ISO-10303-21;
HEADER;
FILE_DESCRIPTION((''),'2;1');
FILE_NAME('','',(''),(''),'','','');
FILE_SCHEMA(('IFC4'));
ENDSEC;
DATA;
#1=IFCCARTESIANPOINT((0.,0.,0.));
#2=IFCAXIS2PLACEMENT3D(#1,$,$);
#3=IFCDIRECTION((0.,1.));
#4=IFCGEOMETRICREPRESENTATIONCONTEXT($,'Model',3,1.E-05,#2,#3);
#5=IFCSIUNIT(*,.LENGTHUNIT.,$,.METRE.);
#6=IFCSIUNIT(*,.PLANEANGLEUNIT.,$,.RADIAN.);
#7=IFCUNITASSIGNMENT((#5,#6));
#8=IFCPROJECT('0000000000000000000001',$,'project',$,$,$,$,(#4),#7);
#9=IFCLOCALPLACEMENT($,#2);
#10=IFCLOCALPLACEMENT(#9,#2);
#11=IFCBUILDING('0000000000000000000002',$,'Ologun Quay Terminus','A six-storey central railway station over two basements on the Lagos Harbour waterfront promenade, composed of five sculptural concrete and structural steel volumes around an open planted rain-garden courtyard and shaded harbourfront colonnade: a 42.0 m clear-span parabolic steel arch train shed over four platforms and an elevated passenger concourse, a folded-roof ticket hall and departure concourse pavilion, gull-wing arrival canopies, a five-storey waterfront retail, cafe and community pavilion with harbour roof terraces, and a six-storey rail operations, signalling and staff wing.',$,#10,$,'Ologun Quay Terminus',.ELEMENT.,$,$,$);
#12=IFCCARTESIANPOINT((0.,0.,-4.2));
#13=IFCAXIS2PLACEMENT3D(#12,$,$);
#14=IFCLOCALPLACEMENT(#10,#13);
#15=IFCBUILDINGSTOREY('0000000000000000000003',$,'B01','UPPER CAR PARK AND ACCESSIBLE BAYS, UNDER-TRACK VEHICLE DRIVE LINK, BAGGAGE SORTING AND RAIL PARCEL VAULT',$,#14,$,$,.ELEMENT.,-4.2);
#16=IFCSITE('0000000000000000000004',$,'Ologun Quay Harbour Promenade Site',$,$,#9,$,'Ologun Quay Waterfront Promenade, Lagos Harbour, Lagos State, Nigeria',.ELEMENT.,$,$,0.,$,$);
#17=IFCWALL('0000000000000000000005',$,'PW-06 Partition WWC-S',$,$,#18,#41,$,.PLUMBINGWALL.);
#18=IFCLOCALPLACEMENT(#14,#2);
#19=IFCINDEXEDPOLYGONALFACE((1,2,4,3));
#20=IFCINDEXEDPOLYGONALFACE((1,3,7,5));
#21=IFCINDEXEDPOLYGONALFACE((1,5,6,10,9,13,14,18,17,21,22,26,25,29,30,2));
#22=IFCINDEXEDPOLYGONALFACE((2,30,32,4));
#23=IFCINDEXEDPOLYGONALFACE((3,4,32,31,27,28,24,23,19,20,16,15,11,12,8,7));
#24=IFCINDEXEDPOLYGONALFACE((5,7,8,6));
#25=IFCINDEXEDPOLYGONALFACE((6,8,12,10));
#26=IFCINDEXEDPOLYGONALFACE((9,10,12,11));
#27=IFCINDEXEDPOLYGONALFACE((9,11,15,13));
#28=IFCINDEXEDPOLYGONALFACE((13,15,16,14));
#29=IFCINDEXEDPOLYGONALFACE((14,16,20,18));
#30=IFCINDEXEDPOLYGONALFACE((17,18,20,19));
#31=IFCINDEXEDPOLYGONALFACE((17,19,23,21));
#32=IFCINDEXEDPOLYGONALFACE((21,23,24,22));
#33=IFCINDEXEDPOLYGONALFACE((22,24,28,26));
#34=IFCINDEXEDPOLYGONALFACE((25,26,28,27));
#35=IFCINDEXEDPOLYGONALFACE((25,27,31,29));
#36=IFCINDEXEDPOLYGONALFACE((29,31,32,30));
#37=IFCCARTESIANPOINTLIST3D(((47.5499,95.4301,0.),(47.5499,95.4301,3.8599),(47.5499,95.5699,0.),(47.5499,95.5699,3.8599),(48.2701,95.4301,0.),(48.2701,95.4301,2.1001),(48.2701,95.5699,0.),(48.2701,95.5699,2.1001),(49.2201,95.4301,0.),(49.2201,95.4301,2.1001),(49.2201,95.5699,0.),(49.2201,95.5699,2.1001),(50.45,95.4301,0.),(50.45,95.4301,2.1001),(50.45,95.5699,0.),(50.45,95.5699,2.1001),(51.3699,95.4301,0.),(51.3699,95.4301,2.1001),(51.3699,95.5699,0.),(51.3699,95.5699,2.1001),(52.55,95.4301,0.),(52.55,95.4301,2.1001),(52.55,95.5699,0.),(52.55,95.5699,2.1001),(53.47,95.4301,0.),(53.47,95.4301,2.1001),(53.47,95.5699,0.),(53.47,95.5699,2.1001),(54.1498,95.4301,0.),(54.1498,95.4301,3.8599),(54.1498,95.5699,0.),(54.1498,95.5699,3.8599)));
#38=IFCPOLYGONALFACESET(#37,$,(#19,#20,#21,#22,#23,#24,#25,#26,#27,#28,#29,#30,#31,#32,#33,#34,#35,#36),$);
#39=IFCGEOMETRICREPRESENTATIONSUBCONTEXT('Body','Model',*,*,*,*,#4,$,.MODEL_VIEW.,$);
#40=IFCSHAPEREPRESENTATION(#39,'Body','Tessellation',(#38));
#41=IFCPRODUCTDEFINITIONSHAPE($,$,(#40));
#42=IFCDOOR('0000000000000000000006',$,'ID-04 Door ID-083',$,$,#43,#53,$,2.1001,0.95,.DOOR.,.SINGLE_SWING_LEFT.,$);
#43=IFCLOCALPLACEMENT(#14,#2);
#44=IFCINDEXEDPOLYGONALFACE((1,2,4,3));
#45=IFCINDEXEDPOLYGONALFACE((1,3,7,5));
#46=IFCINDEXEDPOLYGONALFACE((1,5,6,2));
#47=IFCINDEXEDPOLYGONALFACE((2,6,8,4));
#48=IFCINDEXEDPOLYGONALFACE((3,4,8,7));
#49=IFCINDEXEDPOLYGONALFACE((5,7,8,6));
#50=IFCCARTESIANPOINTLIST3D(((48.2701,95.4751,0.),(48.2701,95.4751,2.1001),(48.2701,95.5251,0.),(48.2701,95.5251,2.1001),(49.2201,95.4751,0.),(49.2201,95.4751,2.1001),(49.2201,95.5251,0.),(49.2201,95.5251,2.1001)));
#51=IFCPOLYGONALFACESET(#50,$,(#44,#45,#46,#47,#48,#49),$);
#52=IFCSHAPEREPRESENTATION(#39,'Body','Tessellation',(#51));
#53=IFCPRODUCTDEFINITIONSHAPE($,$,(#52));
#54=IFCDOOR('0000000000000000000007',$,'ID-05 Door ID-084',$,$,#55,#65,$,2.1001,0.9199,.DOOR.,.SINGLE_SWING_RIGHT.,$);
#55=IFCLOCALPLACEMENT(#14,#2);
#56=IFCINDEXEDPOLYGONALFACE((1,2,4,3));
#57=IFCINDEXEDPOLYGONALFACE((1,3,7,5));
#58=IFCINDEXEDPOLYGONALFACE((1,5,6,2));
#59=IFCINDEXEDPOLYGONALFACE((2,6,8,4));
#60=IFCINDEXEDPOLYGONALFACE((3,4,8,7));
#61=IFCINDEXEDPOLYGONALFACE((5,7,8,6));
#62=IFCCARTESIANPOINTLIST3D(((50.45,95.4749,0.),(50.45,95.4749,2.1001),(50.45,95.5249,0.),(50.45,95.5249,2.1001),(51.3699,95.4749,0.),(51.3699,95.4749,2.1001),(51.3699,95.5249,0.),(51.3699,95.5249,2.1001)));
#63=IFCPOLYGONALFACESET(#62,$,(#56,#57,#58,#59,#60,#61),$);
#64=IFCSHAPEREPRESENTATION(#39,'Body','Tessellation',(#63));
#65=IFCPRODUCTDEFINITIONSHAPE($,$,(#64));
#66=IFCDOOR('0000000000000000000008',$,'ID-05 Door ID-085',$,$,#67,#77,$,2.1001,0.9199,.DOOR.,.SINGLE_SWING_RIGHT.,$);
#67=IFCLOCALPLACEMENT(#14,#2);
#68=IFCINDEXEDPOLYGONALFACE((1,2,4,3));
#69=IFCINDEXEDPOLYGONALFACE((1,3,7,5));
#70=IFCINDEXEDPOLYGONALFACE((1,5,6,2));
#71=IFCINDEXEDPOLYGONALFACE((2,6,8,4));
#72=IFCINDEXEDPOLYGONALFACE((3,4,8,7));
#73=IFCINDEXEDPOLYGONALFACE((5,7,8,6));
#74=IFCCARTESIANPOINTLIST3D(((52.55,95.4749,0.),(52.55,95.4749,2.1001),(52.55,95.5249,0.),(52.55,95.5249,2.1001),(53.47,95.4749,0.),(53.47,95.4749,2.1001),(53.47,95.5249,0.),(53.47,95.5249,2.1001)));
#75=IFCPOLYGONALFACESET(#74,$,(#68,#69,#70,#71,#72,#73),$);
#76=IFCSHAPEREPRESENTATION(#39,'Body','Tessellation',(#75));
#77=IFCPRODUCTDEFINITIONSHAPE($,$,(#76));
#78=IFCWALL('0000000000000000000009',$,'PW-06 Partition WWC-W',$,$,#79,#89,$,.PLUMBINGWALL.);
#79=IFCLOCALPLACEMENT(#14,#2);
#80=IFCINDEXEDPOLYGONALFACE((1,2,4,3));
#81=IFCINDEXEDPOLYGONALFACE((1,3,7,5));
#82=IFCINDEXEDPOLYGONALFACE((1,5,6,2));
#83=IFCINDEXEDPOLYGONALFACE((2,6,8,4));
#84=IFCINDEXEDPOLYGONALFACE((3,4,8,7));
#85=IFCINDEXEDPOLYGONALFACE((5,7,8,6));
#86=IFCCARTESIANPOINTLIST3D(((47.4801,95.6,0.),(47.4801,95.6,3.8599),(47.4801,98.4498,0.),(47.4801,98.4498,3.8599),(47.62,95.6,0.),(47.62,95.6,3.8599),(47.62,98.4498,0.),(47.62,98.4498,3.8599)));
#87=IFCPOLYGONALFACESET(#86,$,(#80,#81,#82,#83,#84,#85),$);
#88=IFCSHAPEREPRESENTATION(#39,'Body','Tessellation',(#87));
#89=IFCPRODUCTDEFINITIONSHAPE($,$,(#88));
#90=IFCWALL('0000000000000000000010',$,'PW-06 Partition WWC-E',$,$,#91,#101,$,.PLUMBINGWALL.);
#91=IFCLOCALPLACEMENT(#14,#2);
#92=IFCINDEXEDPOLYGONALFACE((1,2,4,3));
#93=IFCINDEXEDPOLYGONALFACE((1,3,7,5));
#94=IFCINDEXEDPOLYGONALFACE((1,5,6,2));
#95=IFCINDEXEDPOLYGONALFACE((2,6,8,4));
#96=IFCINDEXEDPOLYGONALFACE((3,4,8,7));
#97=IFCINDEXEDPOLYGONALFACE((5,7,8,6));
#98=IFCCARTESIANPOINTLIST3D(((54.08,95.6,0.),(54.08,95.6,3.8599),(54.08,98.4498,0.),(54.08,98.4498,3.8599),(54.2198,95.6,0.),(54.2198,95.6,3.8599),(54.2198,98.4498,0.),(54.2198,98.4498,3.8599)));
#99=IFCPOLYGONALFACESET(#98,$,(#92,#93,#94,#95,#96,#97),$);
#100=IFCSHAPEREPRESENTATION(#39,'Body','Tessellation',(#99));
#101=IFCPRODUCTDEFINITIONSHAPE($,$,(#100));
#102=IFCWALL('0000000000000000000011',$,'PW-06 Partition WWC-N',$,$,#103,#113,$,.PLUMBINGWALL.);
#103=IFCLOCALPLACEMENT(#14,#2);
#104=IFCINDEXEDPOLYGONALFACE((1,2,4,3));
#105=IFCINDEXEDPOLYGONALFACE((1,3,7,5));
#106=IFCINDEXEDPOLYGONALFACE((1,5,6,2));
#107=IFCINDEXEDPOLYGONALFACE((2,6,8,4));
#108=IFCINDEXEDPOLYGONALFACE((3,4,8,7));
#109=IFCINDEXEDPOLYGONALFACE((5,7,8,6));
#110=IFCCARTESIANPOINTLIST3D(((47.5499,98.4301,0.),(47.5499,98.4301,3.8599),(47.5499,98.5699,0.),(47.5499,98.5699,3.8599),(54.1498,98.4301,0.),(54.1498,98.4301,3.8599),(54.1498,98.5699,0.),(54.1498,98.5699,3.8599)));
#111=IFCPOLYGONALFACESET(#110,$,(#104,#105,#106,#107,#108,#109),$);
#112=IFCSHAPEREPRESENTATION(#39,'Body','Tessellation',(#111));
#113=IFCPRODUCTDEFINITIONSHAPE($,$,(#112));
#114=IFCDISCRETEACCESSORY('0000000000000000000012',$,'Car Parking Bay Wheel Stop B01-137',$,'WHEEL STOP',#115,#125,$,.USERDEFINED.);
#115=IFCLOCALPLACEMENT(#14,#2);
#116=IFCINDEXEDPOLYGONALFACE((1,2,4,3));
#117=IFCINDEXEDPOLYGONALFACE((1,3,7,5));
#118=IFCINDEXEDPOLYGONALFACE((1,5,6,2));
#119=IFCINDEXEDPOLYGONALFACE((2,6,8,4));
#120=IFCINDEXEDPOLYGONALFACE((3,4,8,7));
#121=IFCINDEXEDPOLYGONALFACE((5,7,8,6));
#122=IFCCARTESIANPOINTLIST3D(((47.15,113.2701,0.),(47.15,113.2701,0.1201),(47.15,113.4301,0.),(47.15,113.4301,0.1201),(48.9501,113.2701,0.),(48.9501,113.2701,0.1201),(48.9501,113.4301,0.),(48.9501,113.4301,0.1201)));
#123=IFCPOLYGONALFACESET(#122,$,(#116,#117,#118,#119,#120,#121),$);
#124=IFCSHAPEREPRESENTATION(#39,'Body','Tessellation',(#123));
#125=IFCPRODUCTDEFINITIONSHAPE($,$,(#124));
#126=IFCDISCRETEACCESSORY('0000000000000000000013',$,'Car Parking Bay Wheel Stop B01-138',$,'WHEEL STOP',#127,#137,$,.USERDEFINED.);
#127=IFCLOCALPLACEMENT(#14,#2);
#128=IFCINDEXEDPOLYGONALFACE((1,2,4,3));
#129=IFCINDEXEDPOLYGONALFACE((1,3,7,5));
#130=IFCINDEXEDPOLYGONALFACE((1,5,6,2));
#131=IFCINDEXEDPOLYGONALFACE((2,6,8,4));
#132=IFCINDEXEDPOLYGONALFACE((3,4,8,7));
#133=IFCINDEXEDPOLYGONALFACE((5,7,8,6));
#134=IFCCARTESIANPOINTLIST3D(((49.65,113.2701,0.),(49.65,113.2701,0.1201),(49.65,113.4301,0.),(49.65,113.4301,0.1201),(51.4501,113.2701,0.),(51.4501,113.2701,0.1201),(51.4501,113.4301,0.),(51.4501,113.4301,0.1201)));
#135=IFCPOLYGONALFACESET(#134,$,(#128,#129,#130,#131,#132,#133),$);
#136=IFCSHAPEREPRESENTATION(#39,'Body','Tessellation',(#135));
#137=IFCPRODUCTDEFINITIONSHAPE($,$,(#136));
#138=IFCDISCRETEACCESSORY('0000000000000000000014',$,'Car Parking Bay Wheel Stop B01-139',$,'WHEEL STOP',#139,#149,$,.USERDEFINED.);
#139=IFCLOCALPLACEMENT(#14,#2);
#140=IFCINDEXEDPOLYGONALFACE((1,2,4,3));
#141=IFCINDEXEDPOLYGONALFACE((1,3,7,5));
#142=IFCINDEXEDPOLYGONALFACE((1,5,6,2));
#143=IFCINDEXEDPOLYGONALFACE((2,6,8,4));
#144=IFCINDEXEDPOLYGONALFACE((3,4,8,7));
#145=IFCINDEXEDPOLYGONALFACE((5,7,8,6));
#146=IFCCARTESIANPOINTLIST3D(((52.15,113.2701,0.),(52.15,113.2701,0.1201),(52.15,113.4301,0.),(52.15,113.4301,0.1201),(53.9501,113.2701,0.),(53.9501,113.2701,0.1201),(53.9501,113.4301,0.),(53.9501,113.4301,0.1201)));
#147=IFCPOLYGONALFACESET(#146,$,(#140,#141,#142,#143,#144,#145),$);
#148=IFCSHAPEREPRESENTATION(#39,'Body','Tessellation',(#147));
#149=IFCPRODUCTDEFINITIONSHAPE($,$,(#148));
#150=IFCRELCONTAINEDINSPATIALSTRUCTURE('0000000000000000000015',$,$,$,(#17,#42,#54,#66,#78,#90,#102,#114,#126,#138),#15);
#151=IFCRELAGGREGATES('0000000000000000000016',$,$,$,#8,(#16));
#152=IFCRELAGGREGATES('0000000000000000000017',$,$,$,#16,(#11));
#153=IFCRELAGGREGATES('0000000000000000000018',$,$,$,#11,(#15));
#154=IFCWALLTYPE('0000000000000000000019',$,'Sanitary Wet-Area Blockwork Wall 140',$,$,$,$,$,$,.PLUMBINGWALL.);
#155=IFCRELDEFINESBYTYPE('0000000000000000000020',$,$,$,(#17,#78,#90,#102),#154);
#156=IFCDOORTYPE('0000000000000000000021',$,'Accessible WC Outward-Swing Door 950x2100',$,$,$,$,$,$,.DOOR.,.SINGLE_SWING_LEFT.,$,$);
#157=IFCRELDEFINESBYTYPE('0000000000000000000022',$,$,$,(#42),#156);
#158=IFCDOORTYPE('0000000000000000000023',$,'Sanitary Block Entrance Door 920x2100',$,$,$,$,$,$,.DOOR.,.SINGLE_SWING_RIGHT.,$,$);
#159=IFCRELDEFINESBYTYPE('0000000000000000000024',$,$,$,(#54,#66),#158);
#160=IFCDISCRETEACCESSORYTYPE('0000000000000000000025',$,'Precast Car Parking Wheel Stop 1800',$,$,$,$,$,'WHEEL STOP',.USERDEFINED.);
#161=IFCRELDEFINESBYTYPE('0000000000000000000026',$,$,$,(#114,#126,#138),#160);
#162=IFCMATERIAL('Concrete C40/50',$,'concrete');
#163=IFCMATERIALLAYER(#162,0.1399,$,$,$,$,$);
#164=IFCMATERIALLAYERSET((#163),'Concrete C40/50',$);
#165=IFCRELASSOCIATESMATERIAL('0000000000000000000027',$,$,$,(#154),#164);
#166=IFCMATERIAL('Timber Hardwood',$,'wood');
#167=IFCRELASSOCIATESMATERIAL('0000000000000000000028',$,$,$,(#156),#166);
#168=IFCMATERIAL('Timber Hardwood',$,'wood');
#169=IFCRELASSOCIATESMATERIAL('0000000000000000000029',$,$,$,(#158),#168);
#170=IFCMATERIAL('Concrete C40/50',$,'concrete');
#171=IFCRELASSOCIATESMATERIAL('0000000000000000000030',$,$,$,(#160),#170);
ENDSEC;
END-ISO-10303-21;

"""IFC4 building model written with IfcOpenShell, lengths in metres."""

from ifc_helpers import new_model, si_unit, direction, frame, frame_2d, origin, origin_2d, place, context, subcontext, project, spatial, rectangle, extrude, material, layer, layer_set, type_object, element, fill, save


model = new_model("IFC4")

# Units and contexts
model_context = context("Model", 3, precision=1e-05, world=origin(), true_north=direction((0.0, 1.0)))
body_context = subcontext(model_context, "Body", "Model", "MODEL_VIEW")
ifc_project = project(units=[si_unit("LENGTHUNIT", "METRE"), si_unit("PLANEANGLEUNIT", "RADIAN")], contexts=[model_context])

# Site, building, storey
site_placement = place(None, origin())
site = spatial("IfcSite", under=ifc_project, at=site_placement, Name="Ologun Quay Harbour Promenade Site", LongName="Ologun Quay Waterfront Promenade, Lagos Harbour, Lagos State, Nigeria", CompositionType="ELEMENT", RefElevation=0.0)
building_placement = place(site_placement, origin())
building = spatial("IfcBuilding", under=site, at=building_placement, Name="Ologun Quay Terminus", Description="A six-storey central railway station over two basements on the Lagos Harbour waterfront promenade, composed of five sculptural concrete and structural steel volumes around an open planted rain-garden courtyard and shaded harbourfront colonnade: a 42.0 m clear-span parabolic steel arch train shed over four platforms and an elevated passenger concourse, a folded-roof ticket hall and departure concourse pavilion, gull-wing arrival canopies, a five-storey waterfront retail, cafe and community pavilion with harbour roof terraces, and a six-storey rail operations, signalling and staff wing.", LongName="Ologun Quay Terminus", CompositionType="ELEMENT")
storey_placement = place(building_placement, frame((0.0, 0.0, -4.2)))
storey = spatial("IfcBuildingStorey", under=building, at=storey_placement, Name="B01", Description="UPPER CAR PARK AND ACCESSIBLE BAYS, UNDER-TRACK VEHICLE DRIVE LINK, BAGGAGE SORTING AND RAIL PARCEL VAULT", CompositionType="ELEMENT", Elevation=-4.2)

# Wall, openings, doors
ifc_material_1 = material(Name="Concrete C40/50", Category="concrete")
ifc_layer_1 = layer(ifc_material_1, 0.1399)
ifc_layer_set_1 = layer_set([ifc_layer_1], Name="Concrete C40/50")
wall_type_1 = type_object("IfcWallType", Name="Sanitary Wet-Area Blockwork Wall 140", PredefinedType="PLUMBINGWALL", material=ifc_layer_set_1)
wall_1_placement = place(storey_placement, frame((47.55, 95.5, 0.0), z_axis=(0.0, 0.0, 1.0), x_axis=(1.0, 0.0, 0.0)))
wall_1 = element("IfcWall", 1, at=wall_1_placement, inside=storey, type_object=wall_type_1, Name="PW-06 Partition WWC-S", PredefinedType="PLUMBINGWALL", context=body_context, shape_type="SweptSolid", body=[
    extrude(rectangle(XDim=6.5999, YDim=0.1399, at=frame_2d((3.2998, 0.0))), origin(), (0.0, 0.0, 1.0), 3.8599),
])
opening_1_placement = place(wall_1_placement, frame((0.72, 0.0, 0.0)))
opening_1 = element("IfcOpeningElement", 2, at=opening_1_placement, cuts=wall_1, PredefinedType="OPENING", context=body_context, shape_type="SweptSolid", body=[
    extrude(rectangle(XDim=0.95, YDim=2.1001, at=frame_2d((0.4751, 1.05))), frame((0.0, 0.0801, 0.0), z_axis=(0.0, -1.0, 0.0), x_axis=(1.0, 0.0, 0.0)), (0.0, 0.0, 1.0), 0.1599),
])
opening_2_placement = place(wall_1_placement, frame((2.8999, 0.0, 0.0)))
opening_2 = element("IfcOpeningElement", 3, at=opening_2_placement, cuts=wall_1, PredefinedType="OPENING", context=body_context, shape_type="SweptSolid", body=[
    extrude(rectangle(XDim=0.9199, YDim=2.1001, at=frame_2d((0.46, 1.05))), frame((0.0, 0.0801, 0.0), z_axis=(0.0, -1.0, 0.0), x_axis=(1.0, 0.0, 0.0)), (0.0, 0.0, 1.0), 0.1599),
])
opening_3_placement = place(wall_1_placement, frame((5.0, 0.0, 0.0)))
opening_3 = element("IfcOpeningElement", 4, at=opening_3_placement, cuts=wall_1, PredefinedType="OPENING", context=body_context, shape_type="SweptSolid", body=[
    extrude(rectangle(XDim=0.9199, YDim=2.1001, at=frame_2d((0.46, 1.05))), frame((0.0, 0.0801, 0.0), z_axis=(0.0, -1.0, 0.0), x_axis=(1.0, 0.0, 0.0)), (0.0, 0.0, 1.0), 0.1599),
])
ifc_material_2 = material(Name="Timber Hardwood", Category="wood")
door_type_1 = type_object("IfcDoorType", Name="Accessible WC Outward-Swing Door 950x2100", OperationType="SINGLE_SWING_LEFT", PredefinedType="DOOR", material=ifc_material_2)
door_1_placement = place(opening_1_placement, frame((0.4751, 0.0, 0.0), z_axis=(0.0, 0.0, 1.0), x_axis=(-1.0, 0.0, 0.0)))
door_1 = element("IfcDoor", 5, at=door_1_placement, inside=storey, type_object=door_type_1, Name="ID-04 Door ID-083", OperationType="SINGLE_SWING_LEFT", OverallHeight=2.1001, OverallWidth=0.95, PredefinedType="DOOR", context=body_context, shape_type="SweptSolid", body=[
    extrude(rectangle(XDim=0.95, YDim=2.1001, at=frame_2d((0.0, 1.05))), frame((0.0, 0.0249, 0.0), z_axis=(0.0, -1.0, 0.0), x_axis=(1.0, 0.0, 0.0)), (0.0, 0.0, 1.0), 0.05),
])
fill(opening_1, door_1)
ifc_material_3 = material(Name="Timber Hardwood", Category="wood")
door_type_2 = type_object("IfcDoorType", Name="Sanitary Block Entrance Door 920x2100", OperationType="SINGLE_SWING_RIGHT", PredefinedType="DOOR", material=ifc_material_3)
door_2_placement = place(opening_2_placement, origin())
door_2 = element("IfcDoor", 6, at=door_2_placement, inside=storey, type_object=door_type_2, Name="ID-05 Door ID-084", OperationType="SINGLE_SWING_RIGHT", OverallHeight=2.1001, OverallWidth=0.9199, PredefinedType="DOOR", context=body_context, shape_type="SweptSolid", body=[
    extrude(rectangle(XDim=0.9199, YDim=2.1001, at=frame_2d((0.46, 1.05))), frame((0.0, 0.0249, 0.0), z_axis=(0.0, -1.0, 0.0), x_axis=(1.0, 0.0, 0.0)), (0.0, 0.0, 1.0), 0.05),
])
fill(opening_2, door_2)
door_3_placement = place(opening_3_placement, origin())
door_3 = element("IfcDoor", 7, at=door_3_placement, inside=storey, type_object=door_type_2, Name="ID-05 Door ID-085", OperationType="SINGLE_SWING_RIGHT", OverallHeight=2.1001, OverallWidth=0.9199, PredefinedType="DOOR", context=body_context, shape_type="SweptSolid", body=[
    extrude(rectangle(XDim=0.9199, YDim=2.1001, at=frame_2d((0.46, 1.05))), frame((0.0, 0.0249, 0.0), z_axis=(0.0, -1.0, 0.0), x_axis=(1.0, 0.0, 0.0)), (0.0, 0.0, 1.0), 0.05),
])
fill(opening_3, door_3)

# Walls
for number, where, z_axis, x_axis, name in (
    (8, (47.55, 95.6001, 0.0), (0.0, 0.0, 1.0), (0.0, 1.0, 0.0), "PW-06 Partition WWC-W"),
    (9, (54.1499, 95.6001, 0.0), (0.0, 0.0, 1.0), (0.0, 1.0, 0.0), "PW-06 Partition WWC-E"),
):
    element("IfcWall", number, at=place(storey_placement, frame(where, z_axis=z_axis, x_axis=x_axis)), inside=storey, type_object=wall_type_1, Name=name, PredefinedType="PLUMBINGWALL", context=body_context, shape_type="SweptSolid", body=[
        extrude(rectangle(XDim=2.8499, YDim=0.1399, at=frame_2d((1.4248, 0.0))), origin(), (0.0, 0.0, 1.0), 3.8599),
    ])
wall_2_placement = place(storey_placement, frame((47.55, 98.5, 0.0), z_axis=(0.0, 0.0, 1.0), x_axis=(1.0, 0.0, 0.0)))
element("IfcWall", 10, at=wall_2_placement, inside=storey, type_object=wall_type_1, Name="PW-06 Partition WWC-N", PredefinedType="PLUMBINGWALL", context=body_context, shape_type="SweptSolid", body=[
    extrude(rectangle(XDim=6.5999, YDim=0.1399, at=frame_2d((3.2998, 0.0))), origin(), (0.0, 0.0, 1.0), 3.8599),
])

# Discrete accessories
ifc_material_4 = material(Name="Concrete C40/50", Category="concrete")
discrete_accessory_type = type_object("IfcDiscreteAccessoryType", Name="Precast Car Parking Wheel Stop 1800", ElementType="WHEEL STOP", PredefinedType="USERDEFINED", material=ifc_material_4)
for number, where, z_axis, x_axis, name in (
    (11, (48.05, 113.3501, 0.0), (0.0, 0.0, 1.0), (1.0, 0.0, 0.0), "Car Parking Bay Wheel Stop B01-137"),
    (12, (50.55, 113.3501, 0.0), (0.0, 0.0, 1.0), (1.0, 0.0, 0.0), "Car Parking Bay Wheel Stop B01-138"),
    (13, (53.05, 113.3501, 0.0), (0.0, 0.0, 1.0), (1.0, 0.0, 0.0), "Car Parking Bay Wheel Stop B01-139"),
):
    element("IfcDiscreteAccessory", number, at=place(storey_placement, frame(where, z_axis=z_axis, x_axis=x_axis)), inside=storey, type_object=discrete_accessory_type, Name=name, ObjectType="WHEEL STOP", PredefinedType="USERDEFINED", context=body_context, shape_type="SweptSolid", body=[
        extrude(rectangle(XDim=1.8, YDim=0.1599, at=origin_2d()), origin(), (0.0, 0.0, 1.0), 0.1201),
    ])

save(model, "model.ifc")
